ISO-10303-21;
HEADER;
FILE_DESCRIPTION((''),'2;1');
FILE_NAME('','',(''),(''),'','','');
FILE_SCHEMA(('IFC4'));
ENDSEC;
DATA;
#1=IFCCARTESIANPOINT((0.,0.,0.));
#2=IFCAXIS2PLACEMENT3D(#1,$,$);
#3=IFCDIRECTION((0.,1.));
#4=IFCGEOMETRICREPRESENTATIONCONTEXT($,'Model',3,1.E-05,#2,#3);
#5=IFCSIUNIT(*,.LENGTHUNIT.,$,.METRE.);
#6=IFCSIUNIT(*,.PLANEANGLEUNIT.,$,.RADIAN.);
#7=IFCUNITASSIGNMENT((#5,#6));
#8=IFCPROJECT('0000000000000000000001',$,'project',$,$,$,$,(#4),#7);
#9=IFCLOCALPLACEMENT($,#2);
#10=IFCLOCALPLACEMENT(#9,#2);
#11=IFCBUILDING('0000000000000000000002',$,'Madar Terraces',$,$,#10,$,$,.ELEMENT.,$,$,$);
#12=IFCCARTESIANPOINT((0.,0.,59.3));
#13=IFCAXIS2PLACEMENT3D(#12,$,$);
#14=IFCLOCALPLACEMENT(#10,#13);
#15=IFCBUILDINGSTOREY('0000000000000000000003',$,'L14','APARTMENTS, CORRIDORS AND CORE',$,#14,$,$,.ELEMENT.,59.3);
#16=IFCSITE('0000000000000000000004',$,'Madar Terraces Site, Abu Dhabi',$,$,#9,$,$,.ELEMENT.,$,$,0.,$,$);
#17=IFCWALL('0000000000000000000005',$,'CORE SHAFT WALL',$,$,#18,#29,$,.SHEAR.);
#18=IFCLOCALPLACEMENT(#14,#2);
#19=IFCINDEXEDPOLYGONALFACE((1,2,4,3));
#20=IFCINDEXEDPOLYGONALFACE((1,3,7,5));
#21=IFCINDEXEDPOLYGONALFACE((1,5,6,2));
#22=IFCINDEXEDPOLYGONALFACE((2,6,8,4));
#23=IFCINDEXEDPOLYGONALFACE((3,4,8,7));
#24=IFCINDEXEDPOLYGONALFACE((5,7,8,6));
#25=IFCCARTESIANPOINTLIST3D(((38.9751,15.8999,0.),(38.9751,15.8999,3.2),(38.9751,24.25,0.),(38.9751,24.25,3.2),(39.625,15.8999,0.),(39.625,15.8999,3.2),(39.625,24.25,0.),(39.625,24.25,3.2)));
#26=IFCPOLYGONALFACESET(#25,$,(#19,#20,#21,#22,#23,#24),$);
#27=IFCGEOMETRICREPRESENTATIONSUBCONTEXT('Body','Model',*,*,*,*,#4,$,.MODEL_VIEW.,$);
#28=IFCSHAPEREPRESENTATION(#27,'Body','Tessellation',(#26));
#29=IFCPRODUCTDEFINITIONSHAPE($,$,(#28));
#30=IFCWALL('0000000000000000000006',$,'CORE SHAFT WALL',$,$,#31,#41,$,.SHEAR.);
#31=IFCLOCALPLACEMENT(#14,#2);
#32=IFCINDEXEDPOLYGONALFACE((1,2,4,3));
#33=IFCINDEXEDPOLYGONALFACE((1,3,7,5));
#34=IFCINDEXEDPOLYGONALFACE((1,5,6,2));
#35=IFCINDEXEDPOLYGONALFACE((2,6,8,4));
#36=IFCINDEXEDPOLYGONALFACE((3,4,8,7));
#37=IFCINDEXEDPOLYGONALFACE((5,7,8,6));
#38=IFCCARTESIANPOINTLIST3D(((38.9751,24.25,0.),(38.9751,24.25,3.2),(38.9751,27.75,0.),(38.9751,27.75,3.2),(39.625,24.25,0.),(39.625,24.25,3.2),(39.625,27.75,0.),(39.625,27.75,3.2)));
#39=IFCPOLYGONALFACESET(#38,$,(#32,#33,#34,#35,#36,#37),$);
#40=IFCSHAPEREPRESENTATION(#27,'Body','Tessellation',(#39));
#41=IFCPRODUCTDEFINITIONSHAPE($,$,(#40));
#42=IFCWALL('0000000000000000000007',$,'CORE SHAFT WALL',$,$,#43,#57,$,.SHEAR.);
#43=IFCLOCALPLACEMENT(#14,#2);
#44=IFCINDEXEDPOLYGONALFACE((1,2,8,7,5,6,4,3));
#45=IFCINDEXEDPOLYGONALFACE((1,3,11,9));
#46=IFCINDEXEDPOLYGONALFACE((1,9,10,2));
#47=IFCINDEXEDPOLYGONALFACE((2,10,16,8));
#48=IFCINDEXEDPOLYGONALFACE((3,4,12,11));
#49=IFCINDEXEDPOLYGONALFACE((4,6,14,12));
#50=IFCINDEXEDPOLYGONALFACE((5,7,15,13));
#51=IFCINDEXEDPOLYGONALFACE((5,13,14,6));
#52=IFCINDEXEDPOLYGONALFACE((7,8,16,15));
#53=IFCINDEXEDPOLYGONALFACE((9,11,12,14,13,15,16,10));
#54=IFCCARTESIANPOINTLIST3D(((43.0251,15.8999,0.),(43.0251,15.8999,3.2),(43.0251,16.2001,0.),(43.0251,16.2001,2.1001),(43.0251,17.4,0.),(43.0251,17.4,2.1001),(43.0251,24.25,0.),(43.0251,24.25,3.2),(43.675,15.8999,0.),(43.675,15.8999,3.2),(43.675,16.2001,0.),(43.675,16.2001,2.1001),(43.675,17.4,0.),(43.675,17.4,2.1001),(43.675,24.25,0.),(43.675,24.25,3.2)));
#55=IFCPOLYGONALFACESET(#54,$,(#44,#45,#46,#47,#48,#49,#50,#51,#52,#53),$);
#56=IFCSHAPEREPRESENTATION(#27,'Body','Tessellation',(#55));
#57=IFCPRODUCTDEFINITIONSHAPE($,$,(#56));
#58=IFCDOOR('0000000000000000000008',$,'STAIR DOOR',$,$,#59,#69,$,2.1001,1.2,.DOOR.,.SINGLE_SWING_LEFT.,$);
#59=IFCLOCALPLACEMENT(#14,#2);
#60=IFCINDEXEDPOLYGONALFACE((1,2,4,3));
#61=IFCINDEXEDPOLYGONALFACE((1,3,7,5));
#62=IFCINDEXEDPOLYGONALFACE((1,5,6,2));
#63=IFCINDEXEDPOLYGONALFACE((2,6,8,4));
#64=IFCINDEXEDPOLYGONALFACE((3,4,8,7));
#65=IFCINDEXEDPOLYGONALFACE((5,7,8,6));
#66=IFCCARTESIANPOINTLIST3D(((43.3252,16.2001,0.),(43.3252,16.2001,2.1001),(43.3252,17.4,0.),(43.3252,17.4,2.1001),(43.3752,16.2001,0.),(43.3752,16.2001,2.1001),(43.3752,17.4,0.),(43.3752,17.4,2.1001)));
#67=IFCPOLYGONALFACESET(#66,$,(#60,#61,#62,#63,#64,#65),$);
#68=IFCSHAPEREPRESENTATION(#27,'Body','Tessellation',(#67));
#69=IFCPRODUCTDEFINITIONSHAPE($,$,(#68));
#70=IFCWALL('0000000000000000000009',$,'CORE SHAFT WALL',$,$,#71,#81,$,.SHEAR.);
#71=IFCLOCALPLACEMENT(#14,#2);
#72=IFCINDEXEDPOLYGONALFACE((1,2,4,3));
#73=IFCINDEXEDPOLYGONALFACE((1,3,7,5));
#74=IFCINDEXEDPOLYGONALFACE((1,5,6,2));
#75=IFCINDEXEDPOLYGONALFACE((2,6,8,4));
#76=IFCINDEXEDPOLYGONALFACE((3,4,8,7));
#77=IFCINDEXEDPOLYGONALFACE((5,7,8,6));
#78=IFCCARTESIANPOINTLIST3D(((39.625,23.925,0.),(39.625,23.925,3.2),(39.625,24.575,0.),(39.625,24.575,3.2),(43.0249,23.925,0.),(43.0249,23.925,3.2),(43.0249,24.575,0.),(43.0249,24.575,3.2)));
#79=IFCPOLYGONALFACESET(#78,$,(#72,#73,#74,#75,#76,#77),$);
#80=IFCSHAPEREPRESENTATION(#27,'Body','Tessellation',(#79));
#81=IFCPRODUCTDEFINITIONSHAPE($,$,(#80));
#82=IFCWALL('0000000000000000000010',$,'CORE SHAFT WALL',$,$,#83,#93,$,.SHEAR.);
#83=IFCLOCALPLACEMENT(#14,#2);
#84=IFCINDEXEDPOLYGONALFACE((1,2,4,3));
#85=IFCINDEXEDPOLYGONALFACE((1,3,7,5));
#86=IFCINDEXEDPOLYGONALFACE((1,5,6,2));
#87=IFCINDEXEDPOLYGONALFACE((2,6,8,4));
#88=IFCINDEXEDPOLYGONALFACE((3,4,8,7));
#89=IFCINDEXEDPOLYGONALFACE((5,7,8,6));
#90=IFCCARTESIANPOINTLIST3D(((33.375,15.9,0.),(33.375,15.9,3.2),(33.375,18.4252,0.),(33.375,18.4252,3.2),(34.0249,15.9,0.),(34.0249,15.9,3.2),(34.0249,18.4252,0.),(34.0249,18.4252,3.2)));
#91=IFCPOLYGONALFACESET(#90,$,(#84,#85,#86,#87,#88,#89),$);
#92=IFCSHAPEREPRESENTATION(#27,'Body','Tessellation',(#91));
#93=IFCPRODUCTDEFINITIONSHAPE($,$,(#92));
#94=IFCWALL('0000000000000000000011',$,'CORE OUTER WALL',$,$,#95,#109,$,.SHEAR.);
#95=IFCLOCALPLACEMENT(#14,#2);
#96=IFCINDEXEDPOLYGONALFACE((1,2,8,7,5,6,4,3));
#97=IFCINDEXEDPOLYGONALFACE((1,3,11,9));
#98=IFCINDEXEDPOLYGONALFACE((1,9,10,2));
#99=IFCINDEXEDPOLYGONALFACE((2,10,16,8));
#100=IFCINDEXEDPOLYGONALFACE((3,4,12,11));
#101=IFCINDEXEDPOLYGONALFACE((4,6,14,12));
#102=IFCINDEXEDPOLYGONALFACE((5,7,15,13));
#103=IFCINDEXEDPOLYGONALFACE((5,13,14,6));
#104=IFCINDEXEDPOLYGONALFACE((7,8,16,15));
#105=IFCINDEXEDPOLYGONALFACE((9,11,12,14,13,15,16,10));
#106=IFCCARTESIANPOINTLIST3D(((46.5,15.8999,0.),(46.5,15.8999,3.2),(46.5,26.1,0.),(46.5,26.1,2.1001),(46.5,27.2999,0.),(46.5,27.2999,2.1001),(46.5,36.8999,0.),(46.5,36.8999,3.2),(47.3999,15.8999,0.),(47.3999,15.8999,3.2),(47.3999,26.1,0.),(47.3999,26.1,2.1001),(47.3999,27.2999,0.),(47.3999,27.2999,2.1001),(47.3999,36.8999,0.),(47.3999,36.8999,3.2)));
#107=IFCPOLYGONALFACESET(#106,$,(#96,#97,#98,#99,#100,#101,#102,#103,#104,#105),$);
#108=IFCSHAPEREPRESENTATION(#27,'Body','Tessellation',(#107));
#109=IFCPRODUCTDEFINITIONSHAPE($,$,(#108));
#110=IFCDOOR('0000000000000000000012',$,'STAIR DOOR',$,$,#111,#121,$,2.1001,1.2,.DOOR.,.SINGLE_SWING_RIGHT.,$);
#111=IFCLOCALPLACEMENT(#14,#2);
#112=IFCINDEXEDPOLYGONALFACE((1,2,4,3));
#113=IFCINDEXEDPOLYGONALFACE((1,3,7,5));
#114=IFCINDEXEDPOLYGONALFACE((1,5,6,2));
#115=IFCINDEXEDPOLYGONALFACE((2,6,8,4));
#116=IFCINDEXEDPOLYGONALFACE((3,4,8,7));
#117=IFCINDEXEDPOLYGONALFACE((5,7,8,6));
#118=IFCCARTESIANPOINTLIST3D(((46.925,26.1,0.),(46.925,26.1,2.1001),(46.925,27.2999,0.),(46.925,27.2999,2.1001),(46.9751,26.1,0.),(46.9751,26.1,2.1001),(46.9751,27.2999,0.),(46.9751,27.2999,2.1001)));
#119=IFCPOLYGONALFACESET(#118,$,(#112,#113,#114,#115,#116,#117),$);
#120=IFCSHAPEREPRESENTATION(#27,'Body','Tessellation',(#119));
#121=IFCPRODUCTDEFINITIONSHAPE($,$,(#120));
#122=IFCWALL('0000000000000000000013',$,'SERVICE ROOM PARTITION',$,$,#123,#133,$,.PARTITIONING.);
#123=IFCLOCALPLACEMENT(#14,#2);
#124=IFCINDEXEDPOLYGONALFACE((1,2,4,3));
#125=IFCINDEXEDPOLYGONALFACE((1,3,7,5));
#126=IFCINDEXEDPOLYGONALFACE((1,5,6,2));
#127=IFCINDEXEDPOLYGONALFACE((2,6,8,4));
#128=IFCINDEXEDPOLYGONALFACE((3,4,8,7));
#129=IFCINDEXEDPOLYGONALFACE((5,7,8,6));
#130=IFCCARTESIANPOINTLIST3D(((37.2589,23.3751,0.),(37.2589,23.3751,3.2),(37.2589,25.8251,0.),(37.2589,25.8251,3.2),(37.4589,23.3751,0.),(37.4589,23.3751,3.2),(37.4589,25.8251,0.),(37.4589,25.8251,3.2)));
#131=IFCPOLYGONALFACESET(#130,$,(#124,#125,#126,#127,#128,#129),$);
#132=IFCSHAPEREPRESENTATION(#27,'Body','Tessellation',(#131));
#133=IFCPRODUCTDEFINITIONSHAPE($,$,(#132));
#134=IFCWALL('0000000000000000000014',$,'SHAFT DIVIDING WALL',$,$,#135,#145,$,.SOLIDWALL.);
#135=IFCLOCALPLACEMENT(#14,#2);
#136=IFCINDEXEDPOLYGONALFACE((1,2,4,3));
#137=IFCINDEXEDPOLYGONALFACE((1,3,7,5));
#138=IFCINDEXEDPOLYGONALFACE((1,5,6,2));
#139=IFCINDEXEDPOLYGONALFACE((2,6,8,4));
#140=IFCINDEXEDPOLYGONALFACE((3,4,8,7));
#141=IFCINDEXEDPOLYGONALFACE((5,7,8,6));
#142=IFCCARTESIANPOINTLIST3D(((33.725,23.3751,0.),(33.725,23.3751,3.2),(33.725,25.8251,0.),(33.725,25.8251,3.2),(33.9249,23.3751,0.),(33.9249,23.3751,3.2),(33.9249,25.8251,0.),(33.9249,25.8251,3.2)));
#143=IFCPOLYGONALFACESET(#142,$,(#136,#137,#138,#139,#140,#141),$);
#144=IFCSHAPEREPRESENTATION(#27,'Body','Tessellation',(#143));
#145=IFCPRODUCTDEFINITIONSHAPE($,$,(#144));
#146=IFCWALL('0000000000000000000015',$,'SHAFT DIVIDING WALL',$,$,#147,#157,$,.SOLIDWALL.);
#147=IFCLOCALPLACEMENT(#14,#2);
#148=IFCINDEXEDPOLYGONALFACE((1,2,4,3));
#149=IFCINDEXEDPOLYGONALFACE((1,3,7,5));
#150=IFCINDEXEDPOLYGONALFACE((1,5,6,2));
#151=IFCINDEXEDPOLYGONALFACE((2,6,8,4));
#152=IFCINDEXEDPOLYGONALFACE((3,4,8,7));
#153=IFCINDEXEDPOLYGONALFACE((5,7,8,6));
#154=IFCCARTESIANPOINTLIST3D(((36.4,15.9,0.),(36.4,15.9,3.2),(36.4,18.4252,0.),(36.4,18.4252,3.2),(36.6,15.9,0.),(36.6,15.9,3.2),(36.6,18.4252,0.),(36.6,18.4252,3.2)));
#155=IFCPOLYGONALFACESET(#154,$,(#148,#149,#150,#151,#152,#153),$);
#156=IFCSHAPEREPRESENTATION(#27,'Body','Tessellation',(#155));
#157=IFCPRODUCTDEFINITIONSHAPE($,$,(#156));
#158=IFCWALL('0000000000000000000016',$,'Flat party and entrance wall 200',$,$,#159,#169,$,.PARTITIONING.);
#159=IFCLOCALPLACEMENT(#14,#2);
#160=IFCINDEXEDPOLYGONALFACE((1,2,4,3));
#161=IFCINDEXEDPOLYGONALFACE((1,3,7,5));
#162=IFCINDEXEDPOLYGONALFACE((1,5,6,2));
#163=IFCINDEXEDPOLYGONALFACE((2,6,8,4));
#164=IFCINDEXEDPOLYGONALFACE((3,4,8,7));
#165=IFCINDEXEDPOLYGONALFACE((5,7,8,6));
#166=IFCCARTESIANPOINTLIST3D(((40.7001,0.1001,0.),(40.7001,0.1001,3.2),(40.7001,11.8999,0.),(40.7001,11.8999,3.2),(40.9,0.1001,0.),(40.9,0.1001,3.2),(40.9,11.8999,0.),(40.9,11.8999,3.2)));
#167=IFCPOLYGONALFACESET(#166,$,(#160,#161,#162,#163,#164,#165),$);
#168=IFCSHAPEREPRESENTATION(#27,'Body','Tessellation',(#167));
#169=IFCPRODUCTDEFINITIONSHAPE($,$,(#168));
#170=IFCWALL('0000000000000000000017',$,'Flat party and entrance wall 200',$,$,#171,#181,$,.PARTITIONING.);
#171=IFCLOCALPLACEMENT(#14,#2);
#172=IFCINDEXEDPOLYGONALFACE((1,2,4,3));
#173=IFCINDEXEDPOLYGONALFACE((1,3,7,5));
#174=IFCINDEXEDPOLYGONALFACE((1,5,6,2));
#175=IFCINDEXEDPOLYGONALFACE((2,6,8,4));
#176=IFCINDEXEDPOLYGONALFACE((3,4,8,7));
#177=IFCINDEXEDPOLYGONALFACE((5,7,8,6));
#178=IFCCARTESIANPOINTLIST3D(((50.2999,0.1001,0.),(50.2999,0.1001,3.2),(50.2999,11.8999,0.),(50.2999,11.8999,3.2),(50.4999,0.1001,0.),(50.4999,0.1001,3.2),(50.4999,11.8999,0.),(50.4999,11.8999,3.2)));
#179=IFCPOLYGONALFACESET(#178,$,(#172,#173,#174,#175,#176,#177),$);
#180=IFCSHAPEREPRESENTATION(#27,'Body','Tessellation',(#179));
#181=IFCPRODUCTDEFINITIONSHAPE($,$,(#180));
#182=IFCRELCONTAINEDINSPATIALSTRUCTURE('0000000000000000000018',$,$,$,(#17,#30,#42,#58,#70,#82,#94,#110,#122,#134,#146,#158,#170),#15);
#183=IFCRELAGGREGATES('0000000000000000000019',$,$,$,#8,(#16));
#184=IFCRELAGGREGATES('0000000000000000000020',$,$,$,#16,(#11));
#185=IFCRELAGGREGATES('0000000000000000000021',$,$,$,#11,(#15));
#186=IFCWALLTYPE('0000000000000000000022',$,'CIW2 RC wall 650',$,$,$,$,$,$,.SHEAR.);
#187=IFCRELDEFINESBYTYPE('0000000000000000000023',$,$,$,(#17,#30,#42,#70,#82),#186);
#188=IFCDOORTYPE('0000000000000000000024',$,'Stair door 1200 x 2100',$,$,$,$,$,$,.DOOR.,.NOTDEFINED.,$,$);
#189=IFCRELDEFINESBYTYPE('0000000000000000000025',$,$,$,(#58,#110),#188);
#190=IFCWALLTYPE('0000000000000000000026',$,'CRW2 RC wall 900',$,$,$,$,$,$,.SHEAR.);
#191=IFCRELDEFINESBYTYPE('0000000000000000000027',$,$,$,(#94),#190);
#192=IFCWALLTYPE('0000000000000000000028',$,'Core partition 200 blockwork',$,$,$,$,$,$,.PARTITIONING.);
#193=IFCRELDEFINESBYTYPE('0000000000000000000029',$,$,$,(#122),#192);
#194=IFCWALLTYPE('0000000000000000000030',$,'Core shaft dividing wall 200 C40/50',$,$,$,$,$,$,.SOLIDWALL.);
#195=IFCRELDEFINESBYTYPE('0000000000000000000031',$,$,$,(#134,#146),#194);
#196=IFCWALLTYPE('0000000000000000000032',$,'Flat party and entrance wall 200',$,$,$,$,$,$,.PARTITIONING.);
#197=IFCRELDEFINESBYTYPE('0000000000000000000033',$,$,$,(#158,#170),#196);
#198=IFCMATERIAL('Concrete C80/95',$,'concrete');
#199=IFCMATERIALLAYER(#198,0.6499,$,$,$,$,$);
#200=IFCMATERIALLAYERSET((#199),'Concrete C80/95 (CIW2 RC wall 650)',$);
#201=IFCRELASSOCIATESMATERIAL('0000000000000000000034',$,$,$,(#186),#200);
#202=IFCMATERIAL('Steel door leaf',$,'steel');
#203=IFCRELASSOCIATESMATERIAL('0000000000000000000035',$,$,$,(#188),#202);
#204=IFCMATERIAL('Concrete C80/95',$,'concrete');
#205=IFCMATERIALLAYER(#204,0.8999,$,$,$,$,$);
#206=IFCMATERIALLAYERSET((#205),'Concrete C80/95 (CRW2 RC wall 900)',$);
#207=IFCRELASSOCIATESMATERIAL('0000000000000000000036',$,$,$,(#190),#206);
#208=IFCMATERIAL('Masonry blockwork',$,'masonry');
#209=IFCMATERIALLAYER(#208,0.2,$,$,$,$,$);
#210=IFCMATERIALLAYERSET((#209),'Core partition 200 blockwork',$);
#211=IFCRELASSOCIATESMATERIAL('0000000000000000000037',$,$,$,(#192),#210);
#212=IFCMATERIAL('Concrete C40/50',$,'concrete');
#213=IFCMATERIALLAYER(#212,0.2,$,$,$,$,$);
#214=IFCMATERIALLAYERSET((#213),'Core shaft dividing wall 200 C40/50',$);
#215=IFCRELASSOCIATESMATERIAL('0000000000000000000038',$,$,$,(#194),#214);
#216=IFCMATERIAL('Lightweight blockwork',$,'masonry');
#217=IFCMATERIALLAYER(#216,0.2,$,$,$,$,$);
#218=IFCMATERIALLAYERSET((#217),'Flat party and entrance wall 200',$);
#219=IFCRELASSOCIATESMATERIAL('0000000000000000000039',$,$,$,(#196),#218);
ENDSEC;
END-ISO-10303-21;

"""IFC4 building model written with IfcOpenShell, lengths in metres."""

from ifc_helpers import new_model, si_unit, direction, frame, frame_2d, origin, place, context, subcontext, project, spatial, rectangle, extrude, material, layer, layer_set, type_object, element, fill, save


model = new_model("IFC4")

# Units and contexts
model_context = context("Model", 3, precision=1e-05, world=origin(), true_north=direction((0.0, 1.0)))
body_context = subcontext(model_context, "Body", "Model", "MODEL_VIEW")
ifc_project = project(units=[si_unit("LENGTHUNIT", "METRE"), si_unit("PLANEANGLEUNIT", "RADIAN")], contexts=[model_context])

# Site, building, storey
site_placement = place(None, origin())
site = spatial("IfcSite", under=ifc_project, at=site_placement, Name="Madar Terraces Site, Abu Dhabi", CompositionType="ELEMENT", RefElevation=0.0)
building_placement = place(site_placement, origin())
building = spatial("IfcBuilding", under=site, at=building_placement, Name="Madar Terraces", CompositionType="ELEMENT")
storey_placement = place(building_placement, frame((0.0, 0.0, 59.3)))
storey = spatial("IfcBuildingStorey", under=building, at=storey_placement, Name="L14", Description="APARTMENTS, CORRIDORS AND CORE", CompositionType="ELEMENT", Elevation=59.3)

# Walls
ifc_material_1 = material(Name="Concrete C80/95", Category="concrete")
ifc_layer_1 = layer(ifc_material_1, 0.6499)
ifc_layer_set_1 = layer_set([ifc_layer_1], Name="Concrete C80/95 (CIW2 RC wall 650)")
wall_type_1 = type_object("IfcWallType", Name="CIW2 RC wall 650", PredefinedType="SHEAR", material=ifc_layer_set_1)
wall_1_placement = place(storey_placement, frame((39.3, 15.8999, 0.0), z_axis=(0.0, 0.0, 1.0), x_axis=(0.0, 1.0, 0.0)))
element("IfcWall", 1, at=wall_1_placement, inside=storey, type_object=wall_type_1, Name="CORE SHAFT WALL", PredefinedType="SHEAR", context=body_context, shape_type="SweptSolid", body=[
    extrude(rectangle(XDim=8.3501, YDim=0.6499, at=frame_2d((4.175, 0.0))), origin(), (0.0, 0.0, 1.0), 3.2),
])
wall_2_placement = place(storey_placement, frame((39.3, 24.25, 0.0), z_axis=(0.0, 0.0, 1.0), x_axis=(0.0, 1.0, 0.0)))
element("IfcWall", 2, at=wall_2_placement, inside=storey, type_object=wall_type_1, Name="CORE SHAFT WALL", PredefinedType="SHEAR", context=body_context, shape_type="SweptSolid", body=[
    extrude(rectangle(XDim=3.5, YDim=0.6499, at=frame_2d((1.75, 0.0))), origin(), (0.0, 0.0, 1.0), 3.2),
])

# Wall, opening, door
wall_3_placement = place(storey_placement, frame((43.3501, 15.8999, 0.0), z_axis=(0.0, 0.0, 1.0), x_axis=(0.0, 1.0, 0.0)))
wall_3 = element("IfcWall", 3, at=wall_3_placement, inside=storey, type_object=wall_type_1, Name="CORE SHAFT WALL", PredefinedType="SHEAR", context=body_context, shape_type="SweptSolid", body=[
    extrude(rectangle(XDim=8.3501, YDim=0.6499, at=frame_2d((4.175, 0.0))), origin(), (0.0, 0.0, 1.0), 3.2),
])
opening_1_placement = place(wall_3_placement, frame((0.3, 0.0, 0.0)))
opening_1 = element("IfcOpeningElement", 4, at=opening_1_placement, cuts=wall_3, PredefinedType="OPENING", context=body_context, shape_type="SweptSolid", body=[
    extrude(rectangle(XDim=1.2, YDim=2.1001, at=frame_2d((0.6001, 1.05))), frame((0.0, 0.335, 0.0), z_axis=(0.0, -1.0, 0.0), x_axis=(1.0, 0.0, 0.0)), (0.0, 0.0, 1.0), 0.6699),
])
ifc_material_2 = material(Name="Steel door leaf", Category="steel")
door_type = type_object("IfcDoorType", Name="Stair door 1200 x 2100", OperationType="NOTDEFINED", PredefinedType="DOOR", material=ifc_material_2)
door_1_placement = place(opening_1_placement, origin())
door_1 = element("IfcDoor", 5, at=door_1_placement, inside=storey, type_object=door_type, Name="STAIR DOOR", OperationType="SINGLE_SWING_LEFT", OverallHeight=2.1001, OverallWidth=1.2, PredefinedType="DOOR", context=body_context, shape_type="SweptSolid", body=[
    extrude(rectangle(XDim=1.2, YDim=2.1001, at=frame_2d((0.6001, 1.05))), frame((0.0, 0.0249, 0.0), z_axis=(0.0, -1.0, 0.0), x_axis=(1.0, 0.0, 0.0)), (0.0, 0.0, 1.0), 0.05),
])
fill(opening_1, door_1)

# Walls
wall_4_placement = place(storey_placement, frame((39.625, 24.25, 0.0), z_axis=(0.0, 0.0, 1.0), x_axis=(1.0, 0.0, 0.0)))
element("IfcWall", 6, at=wall_4_placement, inside=storey, type_object=wall_type_1, Name="CORE SHAFT WALL", PredefinedType="SHEAR", context=body_context, shape_type="SweptSolid", body=[
    extrude(rectangle(XDim=3.3999, YDim=0.6499, at=frame_2d((1.7, 0.0))), origin(), (0.0, 0.0, 1.0), 3.2),
])
wall_5_placement = place(storey_placement, frame((33.7, 15.8999, 0.0), z_axis=(0.0, 0.0, 1.0), x_axis=(0.0, 1.0, 0.0)))
element("IfcWall", 7, at=wall_5_placement, inside=storey, type_object=wall_type_1, Name="CORE SHAFT WALL", PredefinedType="SHEAR", context=body_context, shape_type="SweptSolid", body=[
    extrude(rectangle(XDim=2.5251, YDim=0.6499, at=frame_2d((1.2627, 0.0))), origin(), (0.0, 0.0, 1.0), 3.2),
])

# Wall, opening, door
ifc_material_3 = material(Name="Concrete C80/95", Category="concrete")
ifc_layer_2 = layer(ifc_material_3, 0.8999)
ifc_layer_set_2 = layer_set([ifc_layer_2], Name="Concrete C80/95 (CRW2 RC wall 900)")
wall_type_2 = type_object("IfcWallType", Name="CRW2 RC wall 900", PredefinedType="SHEAR", material=ifc_layer_set_2)
wall_6_placement = place(storey_placement, frame((46.95, 15.8999, 0.0), z_axis=(0.0, 0.0, 1.0), x_axis=(0.0, 1.0, 0.0)))
wall_6 = element("IfcWall", 8, at=wall_6_placement, inside=storey, type_object=wall_type_2, Name="CORE OUTER WALL", PredefinedType="SHEAR", context=body_context, shape_type="SweptSolid", body=[
    extrude(rectangle(XDim=21.0, YDim=0.8999, at=frame_2d((10.5, 0.0))), origin(), (0.0, 0.0, 1.0), 3.2),
])
opening_2_placement = place(wall_6_placement, frame((10.2, 0.0, 0.0)))
opening_2 = element("IfcOpeningElement", 9, at=opening_2_placement, cuts=wall_6, PredefinedType="OPENING", context=body_context, shape_type="SweptSolid", body=[
    extrude(rectangle(XDim=1.2, YDim=2.1001, at=frame_2d((0.6001, 1.05))), frame((0.0, 0.46, 0.0), z_axis=(0.0, -1.0, 0.0), x_axis=(1.0, 0.0, 0.0)), (0.0, 0.0, 1.0), 0.9199),
])
door_2_placement = place(opening_2_placement, origin())
door_2 = element("IfcDoor", 10, at=door_2_placement, inside=storey, type_object=door_type, Name="STAIR DOOR", OperationType="SINGLE_SWING_RIGHT", OverallHeight=2.1001, OverallWidth=1.2, PredefinedType="DOOR", context=body_context, shape_type="SweptSolid", body=[
    extrude(rectangle(XDim=1.2, YDim=2.1001, at=frame_2d((0.6001, 1.05))), frame((0.0, 0.0249, 0.0), z_axis=(0.0, -1.0, 0.0), x_axis=(1.0, 0.0, 0.0)), (0.0, 0.0, 1.0), 0.05),
])
fill(opening_2, door_2)

# Walls
ifc_material_4 = material(Name="Masonry blockwork", Category="masonry")
ifc_layer_3 = layer(ifc_material_4, 0.2)
ifc_layer_set_3 = layer_set([ifc_layer_3], Name="Core partition 200 blockwork")
wall_type_3 = type_object("IfcWallType", Name="Core partition 200 blockwork", PredefinedType="PARTITIONING", material=ifc_layer_set_3)
wall_7_placement = place(storey_placement, frame((37.3589, 23.375, 0.0), z_axis=(0.0, 0.0, 1.0), x_axis=(0.0, 1.0, 0.0)))
element("IfcWall", 11, at=wall_7_placement, inside=storey, type_object=wall_type_3, Name="SERVICE ROOM PARTITION", PredefinedType="PARTITIONING", context=body_context, shape_type="SweptSolid", body=[
    extrude(rectangle(XDim=2.45, YDim=0.2, at=frame_2d((1.2251, 0.0))), origin(), (0.0, 0.0, 1.0), 3.2),
])
ifc_material_5 = material(Name="Concrete C40/50", Category="concrete")
ifc_layer_4 = layer(ifc_material_5, 0.2)
ifc_layer_set_4 = layer_set([ifc_layer_4], Name="Core shaft dividing wall 200 C40/50")
wall_type_4 = type_object("IfcWallType", Name="Core shaft dividing wall 200 C40/50", PredefinedType="SOLIDWALL", material=ifc_layer_set_4)
wall_8_placement = place(storey_placement, frame((33.825, 23.375, 0.0), z_axis=(0.0, 0.0, 1.0), x_axis=(0.0, 1.0, 0.0)))
element("IfcWall", 12, at=wall_8_placement, inside=storey, type_object=wall_type_4, Name="SHAFT DIVIDING WALL", PredefinedType="SOLIDWALL", context=body_context, shape_type="SweptSolid", body=[
    extrude(rectangle(XDim=2.45, YDim=0.2, at=frame_2d((1.2251, 0.0))), origin(), (0.0, 0.0, 1.0), 3.2),
])
wall_9_placement = place(storey_placement, frame((36.5, 15.8999, 0.0), z_axis=(0.0, 0.0, 1.0), x_axis=(0.0, 1.0, 0.0)))
element("IfcWall", 13, at=wall_9_placement, inside=storey, type_object=wall_type_4, Name="SHAFT DIVIDING WALL", PredefinedType="SOLIDWALL", context=body_context, shape_type="SweptSolid", body=[
    extrude(rectangle(XDim=2.5251, YDim=0.2, at=frame_2d((1.2627, 0.0))), origin(), (0.0, 0.0, 1.0), 3.2),
])
ifc_material_6 = material(Name="Lightweight blockwork", Category="masonry")
ifc_layer_5 = layer(ifc_material_6, 0.2)
ifc_layer_set_5 = layer_set([ifc_layer_5], Name="Flat party and entrance wall 200")
wall_type_5 = type_object("IfcWallType", Name="Flat party and entrance wall 200", PredefinedType="PARTITIONING", material=ifc_layer_set_5)
for number, where, z_axis, x_axis, name in (
    (14, (40.8, 11.8999, 0.0), (0.0, 0.0, 1.0), (0.0, -1.0, 0.0), "Flat party and entrance wall 200"),
    (15, (50.3999, 11.8999, 0.0), (0.0, 0.0, 1.0), (0.0, -1.0, 0.0), "Flat party and entrance wall 200"),
):
    element("IfcWall", number, at=place(storey_placement, frame(where, z_axis=z_axis, x_axis=x_axis)), inside=storey, type_object=wall_type_5, Name=name, PredefinedType="PARTITIONING", context=body_context, shape_type="SweptSolid", body=[
        extrude(rectangle(XDim=11.7998, YDim=0.2, at=frame_2d((5.8999, 0.0))), origin(), (0.0, 0.0, 1.0), 3.2),
    ])

save(model, "model.ifc")
